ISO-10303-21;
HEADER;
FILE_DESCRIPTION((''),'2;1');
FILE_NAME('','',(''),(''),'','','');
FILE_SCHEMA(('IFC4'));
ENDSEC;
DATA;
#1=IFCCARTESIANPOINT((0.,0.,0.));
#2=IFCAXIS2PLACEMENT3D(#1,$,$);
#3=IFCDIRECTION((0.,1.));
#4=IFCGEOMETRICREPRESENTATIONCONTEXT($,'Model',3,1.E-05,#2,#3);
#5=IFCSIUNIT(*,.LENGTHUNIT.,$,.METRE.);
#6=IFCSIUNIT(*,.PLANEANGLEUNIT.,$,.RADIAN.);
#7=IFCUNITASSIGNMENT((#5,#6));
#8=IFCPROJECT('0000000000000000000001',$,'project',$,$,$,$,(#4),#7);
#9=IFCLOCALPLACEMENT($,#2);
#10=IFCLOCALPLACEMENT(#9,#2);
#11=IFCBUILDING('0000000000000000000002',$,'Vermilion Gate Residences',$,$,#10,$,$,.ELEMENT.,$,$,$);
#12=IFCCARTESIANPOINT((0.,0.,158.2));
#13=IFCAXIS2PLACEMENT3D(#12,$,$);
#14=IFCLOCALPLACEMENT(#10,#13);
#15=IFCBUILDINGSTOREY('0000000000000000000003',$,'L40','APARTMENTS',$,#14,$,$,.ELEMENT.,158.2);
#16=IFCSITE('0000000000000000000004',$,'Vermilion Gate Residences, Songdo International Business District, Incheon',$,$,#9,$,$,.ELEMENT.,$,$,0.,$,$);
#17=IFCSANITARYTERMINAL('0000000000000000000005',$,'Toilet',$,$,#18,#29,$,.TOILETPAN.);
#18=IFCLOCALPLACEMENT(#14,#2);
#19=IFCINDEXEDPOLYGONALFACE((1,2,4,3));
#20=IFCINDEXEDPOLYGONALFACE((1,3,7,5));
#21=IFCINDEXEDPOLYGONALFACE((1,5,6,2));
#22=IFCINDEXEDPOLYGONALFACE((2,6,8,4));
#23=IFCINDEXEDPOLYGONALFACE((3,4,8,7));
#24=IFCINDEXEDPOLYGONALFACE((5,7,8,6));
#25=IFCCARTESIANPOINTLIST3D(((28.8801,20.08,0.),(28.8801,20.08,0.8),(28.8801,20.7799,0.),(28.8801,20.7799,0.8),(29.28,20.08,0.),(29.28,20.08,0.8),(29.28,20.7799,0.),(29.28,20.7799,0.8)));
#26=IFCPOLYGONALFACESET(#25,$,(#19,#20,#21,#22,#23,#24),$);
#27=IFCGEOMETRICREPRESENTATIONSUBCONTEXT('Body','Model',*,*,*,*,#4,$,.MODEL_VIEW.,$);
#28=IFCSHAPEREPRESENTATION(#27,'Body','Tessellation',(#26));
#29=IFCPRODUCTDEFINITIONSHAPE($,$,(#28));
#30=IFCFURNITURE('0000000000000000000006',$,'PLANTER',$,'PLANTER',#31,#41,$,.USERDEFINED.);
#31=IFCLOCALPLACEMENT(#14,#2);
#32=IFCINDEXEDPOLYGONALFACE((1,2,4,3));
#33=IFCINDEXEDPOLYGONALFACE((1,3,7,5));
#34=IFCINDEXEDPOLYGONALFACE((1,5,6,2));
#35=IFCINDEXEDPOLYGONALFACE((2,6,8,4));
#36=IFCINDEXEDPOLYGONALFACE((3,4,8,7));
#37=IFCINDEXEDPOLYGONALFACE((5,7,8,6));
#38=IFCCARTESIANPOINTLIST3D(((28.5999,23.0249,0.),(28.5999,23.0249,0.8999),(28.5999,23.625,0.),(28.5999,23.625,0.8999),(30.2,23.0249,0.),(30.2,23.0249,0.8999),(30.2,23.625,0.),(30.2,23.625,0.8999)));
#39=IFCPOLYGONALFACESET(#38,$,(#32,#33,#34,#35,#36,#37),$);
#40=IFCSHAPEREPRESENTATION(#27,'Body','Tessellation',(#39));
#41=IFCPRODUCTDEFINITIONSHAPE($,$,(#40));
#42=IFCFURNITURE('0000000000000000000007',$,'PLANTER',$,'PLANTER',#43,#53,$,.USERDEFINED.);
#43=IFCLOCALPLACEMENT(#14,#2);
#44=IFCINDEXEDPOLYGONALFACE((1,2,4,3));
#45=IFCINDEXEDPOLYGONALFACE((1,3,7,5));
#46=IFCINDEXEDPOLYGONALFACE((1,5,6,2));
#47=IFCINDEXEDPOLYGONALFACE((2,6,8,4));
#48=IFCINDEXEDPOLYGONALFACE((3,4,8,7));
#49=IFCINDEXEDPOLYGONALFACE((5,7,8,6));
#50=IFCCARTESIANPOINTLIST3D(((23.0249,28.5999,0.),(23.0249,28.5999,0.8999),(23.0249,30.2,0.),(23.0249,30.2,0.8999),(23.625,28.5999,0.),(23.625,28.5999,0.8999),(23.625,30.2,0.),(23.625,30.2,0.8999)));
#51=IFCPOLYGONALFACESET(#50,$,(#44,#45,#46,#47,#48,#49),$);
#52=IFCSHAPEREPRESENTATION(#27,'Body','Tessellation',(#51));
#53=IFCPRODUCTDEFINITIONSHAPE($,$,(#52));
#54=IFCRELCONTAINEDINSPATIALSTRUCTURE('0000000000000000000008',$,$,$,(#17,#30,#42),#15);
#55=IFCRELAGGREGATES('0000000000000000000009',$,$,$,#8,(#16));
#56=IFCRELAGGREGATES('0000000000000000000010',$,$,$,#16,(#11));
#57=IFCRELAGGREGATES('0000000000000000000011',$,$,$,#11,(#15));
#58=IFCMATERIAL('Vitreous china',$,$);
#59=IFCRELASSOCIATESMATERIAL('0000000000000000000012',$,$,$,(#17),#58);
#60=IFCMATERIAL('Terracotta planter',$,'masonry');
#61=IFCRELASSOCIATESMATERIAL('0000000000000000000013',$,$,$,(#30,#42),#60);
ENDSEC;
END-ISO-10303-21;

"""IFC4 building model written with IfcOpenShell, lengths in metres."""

from ifc_helpers import new_model, si_unit, direction, frame, origin, origin_2d, place, context, subcontext, project, spatial, rectangle, extrude, material, element, save


model = new_model("IFC4")

# Units and contexts
model_context = context("Model", 3, precision=1e-05, world=origin(), true_north=direction((0.0, 1.0)))
body_context = subcontext(model_context, "Body", "Model", "MODEL_VIEW")
ifc_project = project(units=[si_unit("LENGTHUNIT", "METRE"), si_unit("PLANEANGLEUNIT", "RADIAN")], contexts=[model_context])

# Site, building, storey
site_placement = place(None, origin())
site = spatial("IfcSite", under=ifc_project, at=site_placement, Name="Vermilion Gate Residences, Songdo International Business District, Incheon", CompositionType="ELEMENT", RefElevation=0.0)
building_placement = place(site_placement, origin())
building = spatial("IfcBuilding", under=site, at=building_placement, Name="Vermilion Gate Residences", CompositionType="ELEMENT")
storey_placement = place(building_placement, frame((0.0, 0.0, 158.2)))
storey = spatial("IfcBuildingStorey", under=building, at=storey_placement, Name="L40", Description="APARTMENTS", CompositionType="ELEMENT", Elevation=158.2)

# Sanitary terminal
ifc_material_1 = material(Name="Vitreous china")
sanitary_terminal_1_placement = place(storey_placement, frame((29.0801, 20.4299, 0.0), z_axis=(0.0, 0.0, 1.0), x_axis=(1.0, 0.0, 0.0)))
element("IfcSanitaryTerminal", 1, at=sanitary_terminal_1_placement, inside=storey, material=ifc_material_1, Name="Toilet", PredefinedType="TOILETPAN", context=body_context, shape_type="SweptSolid", body=[
    extrude(rectangle(XDim=0.3999, YDim=0.7, at=origin_2d()), origin(), (0.0, 0.0, 1.0), 0.8),
])

# Furniture
ifc_material_2 = material(Name="Terracotta planter", Category="masonry")
for number, where, z_axis, x_axis, name in (
    (2, (29.3999, 23.325, 0.0), (0.0, 0.0, 1.0), (-1.0, 0.0, 0.0), "PLANTER"),
    (3, (23.325, 29.3999, 0.0), (0.0, 0.0, 1.0), (0.0, 1.0, 0.0), "PLANTER"),
):
    element("IfcFurniture", number, at=place(storey_placement, frame(where, z_axis=z_axis, x_axis=x_axis)), inside=storey, material=ifc_material_2, Name=name, ObjectType="PLANTER", PredefinedType="USERDEFINED", context=body_context, shape_type="SweptSolid", body=[
        extrude(rectangle(XDim=1.6001, YDim=0.6001, at=origin_2d()), origin(), (0.0, 0.0, 1.0), 0.8999),
    ])

save(model, "model.ifc")
